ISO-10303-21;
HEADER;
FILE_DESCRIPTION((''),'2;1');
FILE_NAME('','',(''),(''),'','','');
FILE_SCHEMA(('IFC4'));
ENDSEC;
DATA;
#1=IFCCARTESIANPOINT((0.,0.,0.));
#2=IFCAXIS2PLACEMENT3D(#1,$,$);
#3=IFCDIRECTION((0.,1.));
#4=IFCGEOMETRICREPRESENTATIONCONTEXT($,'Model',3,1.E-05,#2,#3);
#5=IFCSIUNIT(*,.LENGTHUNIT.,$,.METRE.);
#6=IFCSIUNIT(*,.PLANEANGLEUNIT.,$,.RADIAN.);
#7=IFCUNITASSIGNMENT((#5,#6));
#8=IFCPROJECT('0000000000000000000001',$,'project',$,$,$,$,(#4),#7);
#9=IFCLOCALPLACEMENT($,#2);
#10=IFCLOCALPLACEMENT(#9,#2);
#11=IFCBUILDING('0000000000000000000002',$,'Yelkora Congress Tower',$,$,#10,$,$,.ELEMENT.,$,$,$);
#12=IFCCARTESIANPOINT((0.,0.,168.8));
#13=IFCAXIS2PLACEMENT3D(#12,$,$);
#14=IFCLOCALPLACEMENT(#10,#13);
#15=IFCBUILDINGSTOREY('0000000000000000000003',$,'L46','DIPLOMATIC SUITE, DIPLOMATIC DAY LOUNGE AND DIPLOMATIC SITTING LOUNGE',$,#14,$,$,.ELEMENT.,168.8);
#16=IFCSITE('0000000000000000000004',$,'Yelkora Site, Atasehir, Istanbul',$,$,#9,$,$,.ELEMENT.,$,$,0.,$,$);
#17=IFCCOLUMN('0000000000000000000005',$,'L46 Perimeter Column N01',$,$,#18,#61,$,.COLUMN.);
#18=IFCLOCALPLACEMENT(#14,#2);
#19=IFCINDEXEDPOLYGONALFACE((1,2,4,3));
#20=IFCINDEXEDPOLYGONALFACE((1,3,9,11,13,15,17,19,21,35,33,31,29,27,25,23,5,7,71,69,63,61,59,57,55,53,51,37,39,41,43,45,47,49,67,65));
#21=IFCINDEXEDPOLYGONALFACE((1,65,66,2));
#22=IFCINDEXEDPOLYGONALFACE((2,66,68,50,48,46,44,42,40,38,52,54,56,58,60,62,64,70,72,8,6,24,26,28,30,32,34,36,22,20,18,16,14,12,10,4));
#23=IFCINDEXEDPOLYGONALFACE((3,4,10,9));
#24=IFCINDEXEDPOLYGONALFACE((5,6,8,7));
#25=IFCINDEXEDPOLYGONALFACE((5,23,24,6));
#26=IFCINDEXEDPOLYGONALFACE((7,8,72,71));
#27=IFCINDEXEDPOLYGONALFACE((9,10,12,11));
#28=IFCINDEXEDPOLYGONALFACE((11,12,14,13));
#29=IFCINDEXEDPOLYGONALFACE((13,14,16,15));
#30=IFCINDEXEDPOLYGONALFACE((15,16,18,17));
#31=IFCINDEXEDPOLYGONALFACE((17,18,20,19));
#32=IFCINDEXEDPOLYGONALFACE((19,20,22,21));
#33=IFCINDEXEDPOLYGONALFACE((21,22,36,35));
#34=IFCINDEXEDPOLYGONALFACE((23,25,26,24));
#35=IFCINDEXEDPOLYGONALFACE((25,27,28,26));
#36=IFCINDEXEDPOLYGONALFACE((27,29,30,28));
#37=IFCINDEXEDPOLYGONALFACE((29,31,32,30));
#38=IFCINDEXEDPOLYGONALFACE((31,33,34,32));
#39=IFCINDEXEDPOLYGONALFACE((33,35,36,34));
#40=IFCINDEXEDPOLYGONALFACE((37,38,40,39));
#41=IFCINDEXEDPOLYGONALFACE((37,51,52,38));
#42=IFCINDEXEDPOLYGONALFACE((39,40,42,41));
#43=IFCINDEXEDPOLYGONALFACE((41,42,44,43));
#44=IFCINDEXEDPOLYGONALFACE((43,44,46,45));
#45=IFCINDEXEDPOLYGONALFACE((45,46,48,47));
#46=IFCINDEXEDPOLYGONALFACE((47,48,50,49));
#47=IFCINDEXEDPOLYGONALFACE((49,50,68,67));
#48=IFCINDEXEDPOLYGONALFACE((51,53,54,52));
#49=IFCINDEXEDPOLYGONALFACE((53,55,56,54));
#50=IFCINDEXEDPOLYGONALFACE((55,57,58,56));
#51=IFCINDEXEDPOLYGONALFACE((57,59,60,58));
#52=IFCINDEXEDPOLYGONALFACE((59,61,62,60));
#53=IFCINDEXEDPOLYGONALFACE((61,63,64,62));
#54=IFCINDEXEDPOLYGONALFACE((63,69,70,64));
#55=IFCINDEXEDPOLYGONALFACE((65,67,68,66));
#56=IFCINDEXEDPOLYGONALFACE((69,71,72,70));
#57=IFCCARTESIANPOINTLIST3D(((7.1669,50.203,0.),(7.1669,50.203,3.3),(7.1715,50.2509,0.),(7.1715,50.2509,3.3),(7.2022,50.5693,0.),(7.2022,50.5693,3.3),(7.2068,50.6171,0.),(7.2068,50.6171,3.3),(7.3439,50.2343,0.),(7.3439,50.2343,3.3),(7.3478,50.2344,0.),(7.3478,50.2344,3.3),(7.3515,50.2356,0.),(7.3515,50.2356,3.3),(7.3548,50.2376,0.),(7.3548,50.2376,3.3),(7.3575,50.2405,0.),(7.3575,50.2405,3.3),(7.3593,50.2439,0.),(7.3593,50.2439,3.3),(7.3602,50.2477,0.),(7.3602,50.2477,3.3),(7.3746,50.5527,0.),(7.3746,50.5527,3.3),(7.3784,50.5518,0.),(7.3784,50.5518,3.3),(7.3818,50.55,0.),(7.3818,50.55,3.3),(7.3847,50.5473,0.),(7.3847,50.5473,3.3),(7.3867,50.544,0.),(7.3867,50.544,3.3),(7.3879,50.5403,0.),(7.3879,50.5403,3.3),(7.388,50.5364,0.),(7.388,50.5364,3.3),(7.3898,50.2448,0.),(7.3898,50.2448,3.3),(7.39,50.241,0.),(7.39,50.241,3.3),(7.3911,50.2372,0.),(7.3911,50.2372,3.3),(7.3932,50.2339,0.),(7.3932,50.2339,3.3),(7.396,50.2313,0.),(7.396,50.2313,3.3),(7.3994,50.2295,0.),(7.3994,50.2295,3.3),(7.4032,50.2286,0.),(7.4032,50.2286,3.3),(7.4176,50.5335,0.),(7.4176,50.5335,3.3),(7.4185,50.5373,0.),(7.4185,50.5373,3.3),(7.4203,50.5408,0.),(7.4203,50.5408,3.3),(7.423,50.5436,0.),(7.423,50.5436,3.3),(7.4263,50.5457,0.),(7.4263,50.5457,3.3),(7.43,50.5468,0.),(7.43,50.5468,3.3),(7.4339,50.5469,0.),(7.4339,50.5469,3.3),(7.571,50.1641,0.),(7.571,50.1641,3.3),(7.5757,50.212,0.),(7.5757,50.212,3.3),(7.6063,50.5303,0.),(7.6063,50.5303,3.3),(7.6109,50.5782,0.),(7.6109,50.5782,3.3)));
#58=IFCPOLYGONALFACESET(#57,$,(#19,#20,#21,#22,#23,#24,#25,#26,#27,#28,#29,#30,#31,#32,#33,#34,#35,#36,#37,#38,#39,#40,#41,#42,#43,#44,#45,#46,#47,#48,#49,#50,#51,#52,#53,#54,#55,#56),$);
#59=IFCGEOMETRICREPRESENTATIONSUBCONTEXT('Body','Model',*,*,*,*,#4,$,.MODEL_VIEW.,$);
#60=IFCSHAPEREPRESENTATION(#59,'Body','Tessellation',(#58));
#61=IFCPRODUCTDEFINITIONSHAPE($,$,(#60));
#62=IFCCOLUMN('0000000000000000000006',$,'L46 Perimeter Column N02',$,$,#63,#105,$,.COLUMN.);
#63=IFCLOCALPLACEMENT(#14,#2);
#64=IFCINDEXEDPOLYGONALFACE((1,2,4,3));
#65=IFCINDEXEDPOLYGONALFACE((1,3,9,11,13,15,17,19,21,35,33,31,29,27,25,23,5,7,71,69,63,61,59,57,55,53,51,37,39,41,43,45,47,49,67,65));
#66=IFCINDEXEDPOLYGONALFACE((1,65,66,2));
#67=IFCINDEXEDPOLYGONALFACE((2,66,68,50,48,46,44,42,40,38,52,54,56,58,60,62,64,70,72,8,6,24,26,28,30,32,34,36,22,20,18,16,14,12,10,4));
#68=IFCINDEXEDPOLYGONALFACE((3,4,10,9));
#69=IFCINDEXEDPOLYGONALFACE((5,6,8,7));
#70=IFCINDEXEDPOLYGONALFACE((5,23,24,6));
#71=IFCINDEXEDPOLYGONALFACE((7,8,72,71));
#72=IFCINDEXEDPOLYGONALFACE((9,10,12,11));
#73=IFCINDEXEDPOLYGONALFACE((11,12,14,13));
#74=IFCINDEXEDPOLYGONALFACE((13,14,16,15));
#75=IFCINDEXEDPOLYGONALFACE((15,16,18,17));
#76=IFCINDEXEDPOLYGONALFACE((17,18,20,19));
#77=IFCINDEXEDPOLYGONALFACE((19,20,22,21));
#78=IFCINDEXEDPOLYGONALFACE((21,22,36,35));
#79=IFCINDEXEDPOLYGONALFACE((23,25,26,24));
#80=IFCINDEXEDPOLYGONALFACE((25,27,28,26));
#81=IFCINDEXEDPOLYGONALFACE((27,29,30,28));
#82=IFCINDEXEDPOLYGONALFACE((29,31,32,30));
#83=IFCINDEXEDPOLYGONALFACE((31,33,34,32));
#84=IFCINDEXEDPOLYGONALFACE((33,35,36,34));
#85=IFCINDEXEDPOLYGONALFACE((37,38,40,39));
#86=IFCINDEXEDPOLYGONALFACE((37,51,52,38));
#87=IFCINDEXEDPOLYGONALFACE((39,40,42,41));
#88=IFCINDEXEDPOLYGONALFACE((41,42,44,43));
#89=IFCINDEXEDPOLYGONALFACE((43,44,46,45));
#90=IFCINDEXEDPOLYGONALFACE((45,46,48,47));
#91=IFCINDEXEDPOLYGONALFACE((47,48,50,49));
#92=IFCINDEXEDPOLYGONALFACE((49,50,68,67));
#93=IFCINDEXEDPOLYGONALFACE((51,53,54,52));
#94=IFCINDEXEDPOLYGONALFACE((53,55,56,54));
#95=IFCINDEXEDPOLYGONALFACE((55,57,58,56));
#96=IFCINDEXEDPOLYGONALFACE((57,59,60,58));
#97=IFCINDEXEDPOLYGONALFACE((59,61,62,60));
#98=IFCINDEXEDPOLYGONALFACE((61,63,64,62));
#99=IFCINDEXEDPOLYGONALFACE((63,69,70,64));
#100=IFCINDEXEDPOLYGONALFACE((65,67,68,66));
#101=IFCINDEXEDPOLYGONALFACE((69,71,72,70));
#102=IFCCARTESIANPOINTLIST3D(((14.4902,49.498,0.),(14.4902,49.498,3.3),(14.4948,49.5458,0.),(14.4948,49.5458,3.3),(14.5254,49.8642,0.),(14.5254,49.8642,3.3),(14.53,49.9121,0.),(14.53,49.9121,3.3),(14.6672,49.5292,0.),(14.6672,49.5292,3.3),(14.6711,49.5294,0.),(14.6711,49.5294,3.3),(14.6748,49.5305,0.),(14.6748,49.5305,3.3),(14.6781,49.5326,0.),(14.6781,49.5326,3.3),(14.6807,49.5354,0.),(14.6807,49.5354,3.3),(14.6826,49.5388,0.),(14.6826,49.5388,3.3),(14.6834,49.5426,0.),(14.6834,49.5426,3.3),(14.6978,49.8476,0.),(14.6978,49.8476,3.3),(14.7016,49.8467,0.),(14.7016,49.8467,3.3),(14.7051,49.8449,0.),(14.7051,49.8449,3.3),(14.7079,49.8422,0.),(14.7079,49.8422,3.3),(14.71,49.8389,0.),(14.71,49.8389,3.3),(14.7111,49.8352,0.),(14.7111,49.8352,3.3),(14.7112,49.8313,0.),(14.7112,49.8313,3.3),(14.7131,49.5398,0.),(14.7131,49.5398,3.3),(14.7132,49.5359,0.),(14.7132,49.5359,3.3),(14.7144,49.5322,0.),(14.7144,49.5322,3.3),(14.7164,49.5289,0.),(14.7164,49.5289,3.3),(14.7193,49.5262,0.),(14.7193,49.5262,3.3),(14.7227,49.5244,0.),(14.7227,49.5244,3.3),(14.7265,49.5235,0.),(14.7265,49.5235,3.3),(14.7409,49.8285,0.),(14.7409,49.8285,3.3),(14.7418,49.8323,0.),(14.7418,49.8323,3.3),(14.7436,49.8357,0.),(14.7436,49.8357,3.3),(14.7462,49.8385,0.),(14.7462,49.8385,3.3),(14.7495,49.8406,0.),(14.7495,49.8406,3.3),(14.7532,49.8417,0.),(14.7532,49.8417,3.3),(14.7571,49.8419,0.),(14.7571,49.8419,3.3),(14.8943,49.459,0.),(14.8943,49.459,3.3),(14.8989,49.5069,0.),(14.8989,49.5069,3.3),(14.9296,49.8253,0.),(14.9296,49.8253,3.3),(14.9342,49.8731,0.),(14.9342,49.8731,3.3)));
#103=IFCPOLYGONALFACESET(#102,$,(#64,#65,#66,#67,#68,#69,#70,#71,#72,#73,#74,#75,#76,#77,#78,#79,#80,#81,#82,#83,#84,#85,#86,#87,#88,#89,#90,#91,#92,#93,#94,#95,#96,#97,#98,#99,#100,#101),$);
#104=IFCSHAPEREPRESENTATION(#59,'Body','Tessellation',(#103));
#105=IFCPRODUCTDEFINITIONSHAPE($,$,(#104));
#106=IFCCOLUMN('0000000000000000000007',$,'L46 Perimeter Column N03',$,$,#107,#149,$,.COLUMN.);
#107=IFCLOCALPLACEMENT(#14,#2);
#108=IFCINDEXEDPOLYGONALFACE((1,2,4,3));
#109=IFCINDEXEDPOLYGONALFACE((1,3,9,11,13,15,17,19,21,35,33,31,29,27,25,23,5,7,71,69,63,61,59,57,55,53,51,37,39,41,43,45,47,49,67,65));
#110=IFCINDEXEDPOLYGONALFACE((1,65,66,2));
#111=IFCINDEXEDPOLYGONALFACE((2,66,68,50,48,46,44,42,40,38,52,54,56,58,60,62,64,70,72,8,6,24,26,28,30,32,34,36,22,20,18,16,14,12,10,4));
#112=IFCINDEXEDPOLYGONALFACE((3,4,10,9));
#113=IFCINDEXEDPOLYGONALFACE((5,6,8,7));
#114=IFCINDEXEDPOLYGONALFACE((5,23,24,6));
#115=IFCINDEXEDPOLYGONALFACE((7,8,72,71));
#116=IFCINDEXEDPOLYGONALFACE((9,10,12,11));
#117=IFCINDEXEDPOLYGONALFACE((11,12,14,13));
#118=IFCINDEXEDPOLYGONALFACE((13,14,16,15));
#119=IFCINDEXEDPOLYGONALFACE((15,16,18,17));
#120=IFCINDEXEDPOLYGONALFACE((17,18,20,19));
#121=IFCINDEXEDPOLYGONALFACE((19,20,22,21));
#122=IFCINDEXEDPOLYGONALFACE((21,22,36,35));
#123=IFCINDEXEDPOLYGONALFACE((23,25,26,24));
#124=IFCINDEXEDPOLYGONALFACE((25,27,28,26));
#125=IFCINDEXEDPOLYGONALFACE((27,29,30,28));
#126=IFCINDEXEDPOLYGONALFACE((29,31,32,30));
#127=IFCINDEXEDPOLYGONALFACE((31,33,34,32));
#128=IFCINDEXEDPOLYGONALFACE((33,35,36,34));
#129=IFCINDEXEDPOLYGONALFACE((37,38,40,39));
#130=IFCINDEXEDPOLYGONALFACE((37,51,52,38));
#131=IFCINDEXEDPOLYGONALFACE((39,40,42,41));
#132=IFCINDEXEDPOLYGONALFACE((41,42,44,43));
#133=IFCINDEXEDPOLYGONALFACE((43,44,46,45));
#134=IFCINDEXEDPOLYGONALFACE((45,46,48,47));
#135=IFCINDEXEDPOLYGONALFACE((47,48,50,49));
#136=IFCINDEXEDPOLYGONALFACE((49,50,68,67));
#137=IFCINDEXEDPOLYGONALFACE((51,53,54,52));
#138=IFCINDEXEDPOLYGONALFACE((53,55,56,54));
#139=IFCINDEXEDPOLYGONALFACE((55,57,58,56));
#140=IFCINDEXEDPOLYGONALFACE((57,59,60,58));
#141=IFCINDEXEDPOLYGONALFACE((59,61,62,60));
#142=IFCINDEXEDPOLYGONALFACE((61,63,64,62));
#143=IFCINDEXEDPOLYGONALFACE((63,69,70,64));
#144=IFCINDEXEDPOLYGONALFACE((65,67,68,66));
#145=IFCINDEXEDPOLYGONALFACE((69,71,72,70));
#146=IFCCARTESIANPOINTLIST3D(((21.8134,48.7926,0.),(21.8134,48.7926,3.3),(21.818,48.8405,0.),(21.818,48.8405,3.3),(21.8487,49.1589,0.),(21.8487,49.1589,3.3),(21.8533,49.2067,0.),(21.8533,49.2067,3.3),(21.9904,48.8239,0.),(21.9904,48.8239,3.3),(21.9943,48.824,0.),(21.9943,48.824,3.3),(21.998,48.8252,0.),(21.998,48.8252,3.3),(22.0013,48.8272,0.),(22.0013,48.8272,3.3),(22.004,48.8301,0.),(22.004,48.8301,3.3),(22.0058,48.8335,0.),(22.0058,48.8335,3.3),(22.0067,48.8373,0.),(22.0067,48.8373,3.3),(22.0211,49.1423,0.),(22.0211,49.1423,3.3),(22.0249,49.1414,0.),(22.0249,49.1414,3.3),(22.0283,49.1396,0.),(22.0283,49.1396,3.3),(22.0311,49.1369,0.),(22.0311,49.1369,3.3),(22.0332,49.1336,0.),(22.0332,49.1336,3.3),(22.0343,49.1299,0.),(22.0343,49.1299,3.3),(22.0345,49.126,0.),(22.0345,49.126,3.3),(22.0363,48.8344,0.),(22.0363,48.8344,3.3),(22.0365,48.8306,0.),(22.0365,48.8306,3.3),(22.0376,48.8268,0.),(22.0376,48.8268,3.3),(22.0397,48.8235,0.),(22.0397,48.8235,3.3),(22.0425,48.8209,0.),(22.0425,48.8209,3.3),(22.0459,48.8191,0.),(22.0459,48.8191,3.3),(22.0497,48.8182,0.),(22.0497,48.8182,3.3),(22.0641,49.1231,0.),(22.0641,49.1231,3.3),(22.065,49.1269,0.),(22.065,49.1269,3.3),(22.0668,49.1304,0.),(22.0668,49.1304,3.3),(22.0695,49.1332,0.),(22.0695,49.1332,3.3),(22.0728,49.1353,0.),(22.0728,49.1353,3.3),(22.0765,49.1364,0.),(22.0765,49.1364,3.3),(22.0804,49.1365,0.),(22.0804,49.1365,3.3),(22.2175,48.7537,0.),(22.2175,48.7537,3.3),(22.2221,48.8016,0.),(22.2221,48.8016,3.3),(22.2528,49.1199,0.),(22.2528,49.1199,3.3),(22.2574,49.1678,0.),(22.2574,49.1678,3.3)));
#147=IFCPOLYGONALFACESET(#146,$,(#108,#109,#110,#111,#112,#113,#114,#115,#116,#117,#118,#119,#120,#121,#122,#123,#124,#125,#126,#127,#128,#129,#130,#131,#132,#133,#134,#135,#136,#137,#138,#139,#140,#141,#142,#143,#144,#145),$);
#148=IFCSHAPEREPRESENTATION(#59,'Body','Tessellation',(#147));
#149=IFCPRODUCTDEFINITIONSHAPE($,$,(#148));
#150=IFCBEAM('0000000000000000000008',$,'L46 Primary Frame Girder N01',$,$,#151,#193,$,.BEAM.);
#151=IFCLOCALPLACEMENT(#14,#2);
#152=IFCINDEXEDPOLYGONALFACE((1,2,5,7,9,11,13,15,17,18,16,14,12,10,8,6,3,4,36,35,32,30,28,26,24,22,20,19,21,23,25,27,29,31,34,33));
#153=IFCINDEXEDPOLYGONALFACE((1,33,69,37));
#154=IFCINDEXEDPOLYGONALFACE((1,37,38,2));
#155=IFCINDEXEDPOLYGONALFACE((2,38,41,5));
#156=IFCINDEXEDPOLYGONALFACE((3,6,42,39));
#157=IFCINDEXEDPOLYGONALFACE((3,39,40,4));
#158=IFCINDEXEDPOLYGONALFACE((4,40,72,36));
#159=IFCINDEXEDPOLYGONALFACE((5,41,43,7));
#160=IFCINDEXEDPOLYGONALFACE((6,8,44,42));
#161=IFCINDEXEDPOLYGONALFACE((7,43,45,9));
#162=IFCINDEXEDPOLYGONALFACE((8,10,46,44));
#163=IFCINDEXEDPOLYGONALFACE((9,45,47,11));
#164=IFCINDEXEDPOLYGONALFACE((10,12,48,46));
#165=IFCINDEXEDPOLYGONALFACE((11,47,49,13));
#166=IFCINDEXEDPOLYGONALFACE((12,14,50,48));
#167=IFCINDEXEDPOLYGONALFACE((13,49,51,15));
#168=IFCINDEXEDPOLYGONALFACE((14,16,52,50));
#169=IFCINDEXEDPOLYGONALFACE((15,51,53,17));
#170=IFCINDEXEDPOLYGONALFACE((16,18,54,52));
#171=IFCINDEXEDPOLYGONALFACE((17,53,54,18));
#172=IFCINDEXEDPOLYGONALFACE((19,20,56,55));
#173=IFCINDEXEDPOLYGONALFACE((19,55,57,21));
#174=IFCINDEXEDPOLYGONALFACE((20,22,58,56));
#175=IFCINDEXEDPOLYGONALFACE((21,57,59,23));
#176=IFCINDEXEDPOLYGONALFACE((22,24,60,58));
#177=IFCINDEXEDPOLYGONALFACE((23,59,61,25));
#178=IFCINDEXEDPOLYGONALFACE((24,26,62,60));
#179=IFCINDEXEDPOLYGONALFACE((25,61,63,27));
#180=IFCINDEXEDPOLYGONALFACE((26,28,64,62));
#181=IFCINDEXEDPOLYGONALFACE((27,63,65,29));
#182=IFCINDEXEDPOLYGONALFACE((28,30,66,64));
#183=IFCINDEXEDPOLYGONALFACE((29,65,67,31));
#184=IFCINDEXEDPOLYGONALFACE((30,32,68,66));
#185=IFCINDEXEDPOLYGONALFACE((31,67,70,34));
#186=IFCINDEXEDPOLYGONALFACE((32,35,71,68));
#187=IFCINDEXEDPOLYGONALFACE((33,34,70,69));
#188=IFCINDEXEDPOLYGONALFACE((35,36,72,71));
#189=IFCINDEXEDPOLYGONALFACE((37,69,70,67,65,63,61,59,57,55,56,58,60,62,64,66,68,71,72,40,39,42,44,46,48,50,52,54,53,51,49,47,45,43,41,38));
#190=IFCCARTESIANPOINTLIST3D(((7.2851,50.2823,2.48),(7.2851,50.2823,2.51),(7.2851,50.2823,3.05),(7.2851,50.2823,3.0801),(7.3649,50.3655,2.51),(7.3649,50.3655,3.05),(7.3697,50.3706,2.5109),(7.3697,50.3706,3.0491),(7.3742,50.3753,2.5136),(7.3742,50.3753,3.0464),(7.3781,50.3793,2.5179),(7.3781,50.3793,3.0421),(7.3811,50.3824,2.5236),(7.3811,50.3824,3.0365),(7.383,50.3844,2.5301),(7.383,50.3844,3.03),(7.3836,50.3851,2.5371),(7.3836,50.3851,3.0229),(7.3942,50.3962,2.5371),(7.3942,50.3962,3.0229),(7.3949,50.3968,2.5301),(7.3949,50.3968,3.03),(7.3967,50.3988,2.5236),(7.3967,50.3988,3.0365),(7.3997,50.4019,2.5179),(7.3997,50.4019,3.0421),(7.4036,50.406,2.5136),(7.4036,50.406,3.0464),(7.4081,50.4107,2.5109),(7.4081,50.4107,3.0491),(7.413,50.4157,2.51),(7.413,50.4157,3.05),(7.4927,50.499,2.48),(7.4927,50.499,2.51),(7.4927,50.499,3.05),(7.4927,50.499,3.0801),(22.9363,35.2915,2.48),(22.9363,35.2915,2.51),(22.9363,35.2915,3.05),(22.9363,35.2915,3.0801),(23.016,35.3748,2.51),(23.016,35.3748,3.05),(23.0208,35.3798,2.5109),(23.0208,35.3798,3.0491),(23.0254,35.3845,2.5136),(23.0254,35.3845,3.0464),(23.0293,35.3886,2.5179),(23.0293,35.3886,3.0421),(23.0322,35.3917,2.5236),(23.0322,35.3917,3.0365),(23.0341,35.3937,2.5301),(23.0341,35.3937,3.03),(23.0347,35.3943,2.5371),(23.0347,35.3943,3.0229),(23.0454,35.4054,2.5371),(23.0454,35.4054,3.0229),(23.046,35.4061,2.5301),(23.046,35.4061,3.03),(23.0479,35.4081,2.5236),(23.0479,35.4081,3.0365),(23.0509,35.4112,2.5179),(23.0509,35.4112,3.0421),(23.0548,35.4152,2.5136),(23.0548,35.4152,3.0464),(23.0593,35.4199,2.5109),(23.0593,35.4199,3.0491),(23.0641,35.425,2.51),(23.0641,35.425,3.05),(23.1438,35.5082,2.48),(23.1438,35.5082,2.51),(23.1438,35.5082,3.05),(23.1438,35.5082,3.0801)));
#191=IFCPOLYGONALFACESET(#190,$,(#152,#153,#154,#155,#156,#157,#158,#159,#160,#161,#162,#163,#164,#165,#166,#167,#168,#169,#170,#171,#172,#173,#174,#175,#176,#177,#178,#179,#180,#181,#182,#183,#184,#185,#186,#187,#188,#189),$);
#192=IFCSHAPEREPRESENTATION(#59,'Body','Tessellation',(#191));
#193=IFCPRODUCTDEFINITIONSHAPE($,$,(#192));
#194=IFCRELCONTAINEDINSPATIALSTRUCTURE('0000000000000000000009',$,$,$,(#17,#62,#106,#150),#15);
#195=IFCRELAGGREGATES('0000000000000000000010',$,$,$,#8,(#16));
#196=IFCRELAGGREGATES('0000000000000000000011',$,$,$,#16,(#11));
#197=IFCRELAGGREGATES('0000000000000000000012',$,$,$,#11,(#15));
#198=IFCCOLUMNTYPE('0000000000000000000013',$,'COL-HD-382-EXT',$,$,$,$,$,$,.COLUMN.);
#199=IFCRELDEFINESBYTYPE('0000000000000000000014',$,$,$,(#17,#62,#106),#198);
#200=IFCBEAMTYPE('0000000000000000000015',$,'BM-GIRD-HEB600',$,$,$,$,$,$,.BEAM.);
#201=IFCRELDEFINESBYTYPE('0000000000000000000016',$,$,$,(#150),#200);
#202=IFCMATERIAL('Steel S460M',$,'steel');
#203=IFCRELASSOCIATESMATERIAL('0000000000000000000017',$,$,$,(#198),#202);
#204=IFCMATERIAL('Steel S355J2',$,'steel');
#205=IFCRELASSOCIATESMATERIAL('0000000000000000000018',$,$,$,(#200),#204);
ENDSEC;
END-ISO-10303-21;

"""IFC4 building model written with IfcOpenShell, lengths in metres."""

from ifc_helpers import new_model, si_unit, direction, frame, origin, origin_2d, place, context, subcontext, project, spatial, i_section, extrude, material, material_profile, profile_set, type_object, element, save


model = new_model("IFC4")

# Units and contexts
model_context = context("Model", 3, precision=1e-05, world=origin(), true_north=direction((0.0, 1.0)))
body_context = subcontext(model_context, "Body", "Model", "MODEL_VIEW")
ifc_project = project(units=[si_unit("LENGTHUNIT", "METRE"), si_unit("PLANEANGLEUNIT", "RADIAN")], contexts=[model_context])

# Site, building, storey
site_placement = place(None, origin())
site = spatial("IfcSite", under=ifc_project, at=site_placement, Name="Yelkora Site, Atasehir, Istanbul", CompositionType="ELEMENT", RefElevation=0.0)
building_placement = place(site_placement, origin())
building = spatial("IfcBuilding", under=site, at=building_placement, Name="Yelkora Congress Tower", CompositionType="ELEMENT")
storey_placement = place(building_placement, frame((0.0, 0.0, 168.8)))
storey = spatial("IfcBuildingStorey", under=building, at=storey_placement, Name="L46", Description="DIPLOMATIC SUITE, DIPLOMATIC DAY LOUNGE AND DIPLOMATIC SITTING LOUNGE", CompositionType="ELEMENT", Elevation=168.8)

# Columns
ifc_material_1 = material(Name="Steel S460M", Category="steel")
ifc_material_profile_1 = material_profile(ifc_material_1, i_section(OverallWidth=0.406, OverallDepth=0.416, WebThickness=0.0298, FlangeThickness=0.0481, FilletRadius=0.0149, at=origin_2d()), Name="HD 400x382")
ifc_profile_set_1 = profile_set([ifc_material_profile_1], Name="Steel S460M")
column_type = type_object("IfcColumnType", Name="COL-HD-382-EXT", PredefinedType="COLUMN", material=ifc_profile_set_1)
for number, where, z_axis, x_axis, name in (
    (1, (7.3889, 50.3906, 0.0), (0.0, 0.0, 1.0), (0.995396, -0.095846, 0.0), "L46 Perimeter Column N01"),
    (2, (14.7122, 49.6855, 0.0), (0.0, 0.0, 1.0), (0.995396, -0.095846, 0.0), "L46 Perimeter Column N02"),
    (3, (22.0354, 48.9802, 0.0), (0.0, 0.0, 1.0), (0.995396, -0.095846, 0.0), "L46 Perimeter Column N03"),
):
    element("IfcColumn", number, at=place(storey_placement, frame(where, z_axis=z_axis, x_axis=x_axis)), inside=storey, type_object=column_type, Name=name, PredefinedType="COLUMN", context=body_context, shape_type="SweptSolid", body=[
        extrude(i_section(OverallWidth=0.406, OverallDepth=0.416, WebThickness=0.0298, FlangeThickness=0.0481, FilletRadius=0.0149, at=origin_2d()), origin(), (0.0, 0.0, 1.0), 3.3),
    ])

# Beam
ifc_material_2 = material(Name="Steel S355J2", Category="steel")
ifc_material_profile_2 = material_profile(ifc_material_2, i_section(OverallWidth=0.3, OverallDepth=0.6001, WebThickness=0.0154, FlangeThickness=0.03, FilletRadius=0.0271, at=origin_2d()), Name="HEB 600")
ifc_profile_set_2 = profile_set([ifc_material_profile_2], Name="Steel S355J2")
beam_type_1 = type_object("IfcBeamType", Name="BM-GIRD-HEB600", PredefinedType="BEAM", material=ifc_profile_set_2)
beam_1_placement = place(storey_placement, frame((7.3889, 50.3906, 2.78), z_axis=(0.722179, -0.691706, 0.0), x_axis=(0.691706, 0.722179, 0.0)))
element("IfcBeam", 4, at=beam_1_placement, inside=storey, type_object=beam_type_1, Name="L46 Primary Frame Girder N01", PredefinedType="BEAM", context=body_context, shape_type="SweptSolid", body=[
    extrude(i_section(OverallWidth=0.3, OverallDepth=0.6001, WebThickness=0.0154, FlangeThickness=0.03, FilletRadius=0.0271, at=origin_2d()), origin(), (0.0, 0.0, 1.0), 21.6721),
])

save(model, "model.ifc")
